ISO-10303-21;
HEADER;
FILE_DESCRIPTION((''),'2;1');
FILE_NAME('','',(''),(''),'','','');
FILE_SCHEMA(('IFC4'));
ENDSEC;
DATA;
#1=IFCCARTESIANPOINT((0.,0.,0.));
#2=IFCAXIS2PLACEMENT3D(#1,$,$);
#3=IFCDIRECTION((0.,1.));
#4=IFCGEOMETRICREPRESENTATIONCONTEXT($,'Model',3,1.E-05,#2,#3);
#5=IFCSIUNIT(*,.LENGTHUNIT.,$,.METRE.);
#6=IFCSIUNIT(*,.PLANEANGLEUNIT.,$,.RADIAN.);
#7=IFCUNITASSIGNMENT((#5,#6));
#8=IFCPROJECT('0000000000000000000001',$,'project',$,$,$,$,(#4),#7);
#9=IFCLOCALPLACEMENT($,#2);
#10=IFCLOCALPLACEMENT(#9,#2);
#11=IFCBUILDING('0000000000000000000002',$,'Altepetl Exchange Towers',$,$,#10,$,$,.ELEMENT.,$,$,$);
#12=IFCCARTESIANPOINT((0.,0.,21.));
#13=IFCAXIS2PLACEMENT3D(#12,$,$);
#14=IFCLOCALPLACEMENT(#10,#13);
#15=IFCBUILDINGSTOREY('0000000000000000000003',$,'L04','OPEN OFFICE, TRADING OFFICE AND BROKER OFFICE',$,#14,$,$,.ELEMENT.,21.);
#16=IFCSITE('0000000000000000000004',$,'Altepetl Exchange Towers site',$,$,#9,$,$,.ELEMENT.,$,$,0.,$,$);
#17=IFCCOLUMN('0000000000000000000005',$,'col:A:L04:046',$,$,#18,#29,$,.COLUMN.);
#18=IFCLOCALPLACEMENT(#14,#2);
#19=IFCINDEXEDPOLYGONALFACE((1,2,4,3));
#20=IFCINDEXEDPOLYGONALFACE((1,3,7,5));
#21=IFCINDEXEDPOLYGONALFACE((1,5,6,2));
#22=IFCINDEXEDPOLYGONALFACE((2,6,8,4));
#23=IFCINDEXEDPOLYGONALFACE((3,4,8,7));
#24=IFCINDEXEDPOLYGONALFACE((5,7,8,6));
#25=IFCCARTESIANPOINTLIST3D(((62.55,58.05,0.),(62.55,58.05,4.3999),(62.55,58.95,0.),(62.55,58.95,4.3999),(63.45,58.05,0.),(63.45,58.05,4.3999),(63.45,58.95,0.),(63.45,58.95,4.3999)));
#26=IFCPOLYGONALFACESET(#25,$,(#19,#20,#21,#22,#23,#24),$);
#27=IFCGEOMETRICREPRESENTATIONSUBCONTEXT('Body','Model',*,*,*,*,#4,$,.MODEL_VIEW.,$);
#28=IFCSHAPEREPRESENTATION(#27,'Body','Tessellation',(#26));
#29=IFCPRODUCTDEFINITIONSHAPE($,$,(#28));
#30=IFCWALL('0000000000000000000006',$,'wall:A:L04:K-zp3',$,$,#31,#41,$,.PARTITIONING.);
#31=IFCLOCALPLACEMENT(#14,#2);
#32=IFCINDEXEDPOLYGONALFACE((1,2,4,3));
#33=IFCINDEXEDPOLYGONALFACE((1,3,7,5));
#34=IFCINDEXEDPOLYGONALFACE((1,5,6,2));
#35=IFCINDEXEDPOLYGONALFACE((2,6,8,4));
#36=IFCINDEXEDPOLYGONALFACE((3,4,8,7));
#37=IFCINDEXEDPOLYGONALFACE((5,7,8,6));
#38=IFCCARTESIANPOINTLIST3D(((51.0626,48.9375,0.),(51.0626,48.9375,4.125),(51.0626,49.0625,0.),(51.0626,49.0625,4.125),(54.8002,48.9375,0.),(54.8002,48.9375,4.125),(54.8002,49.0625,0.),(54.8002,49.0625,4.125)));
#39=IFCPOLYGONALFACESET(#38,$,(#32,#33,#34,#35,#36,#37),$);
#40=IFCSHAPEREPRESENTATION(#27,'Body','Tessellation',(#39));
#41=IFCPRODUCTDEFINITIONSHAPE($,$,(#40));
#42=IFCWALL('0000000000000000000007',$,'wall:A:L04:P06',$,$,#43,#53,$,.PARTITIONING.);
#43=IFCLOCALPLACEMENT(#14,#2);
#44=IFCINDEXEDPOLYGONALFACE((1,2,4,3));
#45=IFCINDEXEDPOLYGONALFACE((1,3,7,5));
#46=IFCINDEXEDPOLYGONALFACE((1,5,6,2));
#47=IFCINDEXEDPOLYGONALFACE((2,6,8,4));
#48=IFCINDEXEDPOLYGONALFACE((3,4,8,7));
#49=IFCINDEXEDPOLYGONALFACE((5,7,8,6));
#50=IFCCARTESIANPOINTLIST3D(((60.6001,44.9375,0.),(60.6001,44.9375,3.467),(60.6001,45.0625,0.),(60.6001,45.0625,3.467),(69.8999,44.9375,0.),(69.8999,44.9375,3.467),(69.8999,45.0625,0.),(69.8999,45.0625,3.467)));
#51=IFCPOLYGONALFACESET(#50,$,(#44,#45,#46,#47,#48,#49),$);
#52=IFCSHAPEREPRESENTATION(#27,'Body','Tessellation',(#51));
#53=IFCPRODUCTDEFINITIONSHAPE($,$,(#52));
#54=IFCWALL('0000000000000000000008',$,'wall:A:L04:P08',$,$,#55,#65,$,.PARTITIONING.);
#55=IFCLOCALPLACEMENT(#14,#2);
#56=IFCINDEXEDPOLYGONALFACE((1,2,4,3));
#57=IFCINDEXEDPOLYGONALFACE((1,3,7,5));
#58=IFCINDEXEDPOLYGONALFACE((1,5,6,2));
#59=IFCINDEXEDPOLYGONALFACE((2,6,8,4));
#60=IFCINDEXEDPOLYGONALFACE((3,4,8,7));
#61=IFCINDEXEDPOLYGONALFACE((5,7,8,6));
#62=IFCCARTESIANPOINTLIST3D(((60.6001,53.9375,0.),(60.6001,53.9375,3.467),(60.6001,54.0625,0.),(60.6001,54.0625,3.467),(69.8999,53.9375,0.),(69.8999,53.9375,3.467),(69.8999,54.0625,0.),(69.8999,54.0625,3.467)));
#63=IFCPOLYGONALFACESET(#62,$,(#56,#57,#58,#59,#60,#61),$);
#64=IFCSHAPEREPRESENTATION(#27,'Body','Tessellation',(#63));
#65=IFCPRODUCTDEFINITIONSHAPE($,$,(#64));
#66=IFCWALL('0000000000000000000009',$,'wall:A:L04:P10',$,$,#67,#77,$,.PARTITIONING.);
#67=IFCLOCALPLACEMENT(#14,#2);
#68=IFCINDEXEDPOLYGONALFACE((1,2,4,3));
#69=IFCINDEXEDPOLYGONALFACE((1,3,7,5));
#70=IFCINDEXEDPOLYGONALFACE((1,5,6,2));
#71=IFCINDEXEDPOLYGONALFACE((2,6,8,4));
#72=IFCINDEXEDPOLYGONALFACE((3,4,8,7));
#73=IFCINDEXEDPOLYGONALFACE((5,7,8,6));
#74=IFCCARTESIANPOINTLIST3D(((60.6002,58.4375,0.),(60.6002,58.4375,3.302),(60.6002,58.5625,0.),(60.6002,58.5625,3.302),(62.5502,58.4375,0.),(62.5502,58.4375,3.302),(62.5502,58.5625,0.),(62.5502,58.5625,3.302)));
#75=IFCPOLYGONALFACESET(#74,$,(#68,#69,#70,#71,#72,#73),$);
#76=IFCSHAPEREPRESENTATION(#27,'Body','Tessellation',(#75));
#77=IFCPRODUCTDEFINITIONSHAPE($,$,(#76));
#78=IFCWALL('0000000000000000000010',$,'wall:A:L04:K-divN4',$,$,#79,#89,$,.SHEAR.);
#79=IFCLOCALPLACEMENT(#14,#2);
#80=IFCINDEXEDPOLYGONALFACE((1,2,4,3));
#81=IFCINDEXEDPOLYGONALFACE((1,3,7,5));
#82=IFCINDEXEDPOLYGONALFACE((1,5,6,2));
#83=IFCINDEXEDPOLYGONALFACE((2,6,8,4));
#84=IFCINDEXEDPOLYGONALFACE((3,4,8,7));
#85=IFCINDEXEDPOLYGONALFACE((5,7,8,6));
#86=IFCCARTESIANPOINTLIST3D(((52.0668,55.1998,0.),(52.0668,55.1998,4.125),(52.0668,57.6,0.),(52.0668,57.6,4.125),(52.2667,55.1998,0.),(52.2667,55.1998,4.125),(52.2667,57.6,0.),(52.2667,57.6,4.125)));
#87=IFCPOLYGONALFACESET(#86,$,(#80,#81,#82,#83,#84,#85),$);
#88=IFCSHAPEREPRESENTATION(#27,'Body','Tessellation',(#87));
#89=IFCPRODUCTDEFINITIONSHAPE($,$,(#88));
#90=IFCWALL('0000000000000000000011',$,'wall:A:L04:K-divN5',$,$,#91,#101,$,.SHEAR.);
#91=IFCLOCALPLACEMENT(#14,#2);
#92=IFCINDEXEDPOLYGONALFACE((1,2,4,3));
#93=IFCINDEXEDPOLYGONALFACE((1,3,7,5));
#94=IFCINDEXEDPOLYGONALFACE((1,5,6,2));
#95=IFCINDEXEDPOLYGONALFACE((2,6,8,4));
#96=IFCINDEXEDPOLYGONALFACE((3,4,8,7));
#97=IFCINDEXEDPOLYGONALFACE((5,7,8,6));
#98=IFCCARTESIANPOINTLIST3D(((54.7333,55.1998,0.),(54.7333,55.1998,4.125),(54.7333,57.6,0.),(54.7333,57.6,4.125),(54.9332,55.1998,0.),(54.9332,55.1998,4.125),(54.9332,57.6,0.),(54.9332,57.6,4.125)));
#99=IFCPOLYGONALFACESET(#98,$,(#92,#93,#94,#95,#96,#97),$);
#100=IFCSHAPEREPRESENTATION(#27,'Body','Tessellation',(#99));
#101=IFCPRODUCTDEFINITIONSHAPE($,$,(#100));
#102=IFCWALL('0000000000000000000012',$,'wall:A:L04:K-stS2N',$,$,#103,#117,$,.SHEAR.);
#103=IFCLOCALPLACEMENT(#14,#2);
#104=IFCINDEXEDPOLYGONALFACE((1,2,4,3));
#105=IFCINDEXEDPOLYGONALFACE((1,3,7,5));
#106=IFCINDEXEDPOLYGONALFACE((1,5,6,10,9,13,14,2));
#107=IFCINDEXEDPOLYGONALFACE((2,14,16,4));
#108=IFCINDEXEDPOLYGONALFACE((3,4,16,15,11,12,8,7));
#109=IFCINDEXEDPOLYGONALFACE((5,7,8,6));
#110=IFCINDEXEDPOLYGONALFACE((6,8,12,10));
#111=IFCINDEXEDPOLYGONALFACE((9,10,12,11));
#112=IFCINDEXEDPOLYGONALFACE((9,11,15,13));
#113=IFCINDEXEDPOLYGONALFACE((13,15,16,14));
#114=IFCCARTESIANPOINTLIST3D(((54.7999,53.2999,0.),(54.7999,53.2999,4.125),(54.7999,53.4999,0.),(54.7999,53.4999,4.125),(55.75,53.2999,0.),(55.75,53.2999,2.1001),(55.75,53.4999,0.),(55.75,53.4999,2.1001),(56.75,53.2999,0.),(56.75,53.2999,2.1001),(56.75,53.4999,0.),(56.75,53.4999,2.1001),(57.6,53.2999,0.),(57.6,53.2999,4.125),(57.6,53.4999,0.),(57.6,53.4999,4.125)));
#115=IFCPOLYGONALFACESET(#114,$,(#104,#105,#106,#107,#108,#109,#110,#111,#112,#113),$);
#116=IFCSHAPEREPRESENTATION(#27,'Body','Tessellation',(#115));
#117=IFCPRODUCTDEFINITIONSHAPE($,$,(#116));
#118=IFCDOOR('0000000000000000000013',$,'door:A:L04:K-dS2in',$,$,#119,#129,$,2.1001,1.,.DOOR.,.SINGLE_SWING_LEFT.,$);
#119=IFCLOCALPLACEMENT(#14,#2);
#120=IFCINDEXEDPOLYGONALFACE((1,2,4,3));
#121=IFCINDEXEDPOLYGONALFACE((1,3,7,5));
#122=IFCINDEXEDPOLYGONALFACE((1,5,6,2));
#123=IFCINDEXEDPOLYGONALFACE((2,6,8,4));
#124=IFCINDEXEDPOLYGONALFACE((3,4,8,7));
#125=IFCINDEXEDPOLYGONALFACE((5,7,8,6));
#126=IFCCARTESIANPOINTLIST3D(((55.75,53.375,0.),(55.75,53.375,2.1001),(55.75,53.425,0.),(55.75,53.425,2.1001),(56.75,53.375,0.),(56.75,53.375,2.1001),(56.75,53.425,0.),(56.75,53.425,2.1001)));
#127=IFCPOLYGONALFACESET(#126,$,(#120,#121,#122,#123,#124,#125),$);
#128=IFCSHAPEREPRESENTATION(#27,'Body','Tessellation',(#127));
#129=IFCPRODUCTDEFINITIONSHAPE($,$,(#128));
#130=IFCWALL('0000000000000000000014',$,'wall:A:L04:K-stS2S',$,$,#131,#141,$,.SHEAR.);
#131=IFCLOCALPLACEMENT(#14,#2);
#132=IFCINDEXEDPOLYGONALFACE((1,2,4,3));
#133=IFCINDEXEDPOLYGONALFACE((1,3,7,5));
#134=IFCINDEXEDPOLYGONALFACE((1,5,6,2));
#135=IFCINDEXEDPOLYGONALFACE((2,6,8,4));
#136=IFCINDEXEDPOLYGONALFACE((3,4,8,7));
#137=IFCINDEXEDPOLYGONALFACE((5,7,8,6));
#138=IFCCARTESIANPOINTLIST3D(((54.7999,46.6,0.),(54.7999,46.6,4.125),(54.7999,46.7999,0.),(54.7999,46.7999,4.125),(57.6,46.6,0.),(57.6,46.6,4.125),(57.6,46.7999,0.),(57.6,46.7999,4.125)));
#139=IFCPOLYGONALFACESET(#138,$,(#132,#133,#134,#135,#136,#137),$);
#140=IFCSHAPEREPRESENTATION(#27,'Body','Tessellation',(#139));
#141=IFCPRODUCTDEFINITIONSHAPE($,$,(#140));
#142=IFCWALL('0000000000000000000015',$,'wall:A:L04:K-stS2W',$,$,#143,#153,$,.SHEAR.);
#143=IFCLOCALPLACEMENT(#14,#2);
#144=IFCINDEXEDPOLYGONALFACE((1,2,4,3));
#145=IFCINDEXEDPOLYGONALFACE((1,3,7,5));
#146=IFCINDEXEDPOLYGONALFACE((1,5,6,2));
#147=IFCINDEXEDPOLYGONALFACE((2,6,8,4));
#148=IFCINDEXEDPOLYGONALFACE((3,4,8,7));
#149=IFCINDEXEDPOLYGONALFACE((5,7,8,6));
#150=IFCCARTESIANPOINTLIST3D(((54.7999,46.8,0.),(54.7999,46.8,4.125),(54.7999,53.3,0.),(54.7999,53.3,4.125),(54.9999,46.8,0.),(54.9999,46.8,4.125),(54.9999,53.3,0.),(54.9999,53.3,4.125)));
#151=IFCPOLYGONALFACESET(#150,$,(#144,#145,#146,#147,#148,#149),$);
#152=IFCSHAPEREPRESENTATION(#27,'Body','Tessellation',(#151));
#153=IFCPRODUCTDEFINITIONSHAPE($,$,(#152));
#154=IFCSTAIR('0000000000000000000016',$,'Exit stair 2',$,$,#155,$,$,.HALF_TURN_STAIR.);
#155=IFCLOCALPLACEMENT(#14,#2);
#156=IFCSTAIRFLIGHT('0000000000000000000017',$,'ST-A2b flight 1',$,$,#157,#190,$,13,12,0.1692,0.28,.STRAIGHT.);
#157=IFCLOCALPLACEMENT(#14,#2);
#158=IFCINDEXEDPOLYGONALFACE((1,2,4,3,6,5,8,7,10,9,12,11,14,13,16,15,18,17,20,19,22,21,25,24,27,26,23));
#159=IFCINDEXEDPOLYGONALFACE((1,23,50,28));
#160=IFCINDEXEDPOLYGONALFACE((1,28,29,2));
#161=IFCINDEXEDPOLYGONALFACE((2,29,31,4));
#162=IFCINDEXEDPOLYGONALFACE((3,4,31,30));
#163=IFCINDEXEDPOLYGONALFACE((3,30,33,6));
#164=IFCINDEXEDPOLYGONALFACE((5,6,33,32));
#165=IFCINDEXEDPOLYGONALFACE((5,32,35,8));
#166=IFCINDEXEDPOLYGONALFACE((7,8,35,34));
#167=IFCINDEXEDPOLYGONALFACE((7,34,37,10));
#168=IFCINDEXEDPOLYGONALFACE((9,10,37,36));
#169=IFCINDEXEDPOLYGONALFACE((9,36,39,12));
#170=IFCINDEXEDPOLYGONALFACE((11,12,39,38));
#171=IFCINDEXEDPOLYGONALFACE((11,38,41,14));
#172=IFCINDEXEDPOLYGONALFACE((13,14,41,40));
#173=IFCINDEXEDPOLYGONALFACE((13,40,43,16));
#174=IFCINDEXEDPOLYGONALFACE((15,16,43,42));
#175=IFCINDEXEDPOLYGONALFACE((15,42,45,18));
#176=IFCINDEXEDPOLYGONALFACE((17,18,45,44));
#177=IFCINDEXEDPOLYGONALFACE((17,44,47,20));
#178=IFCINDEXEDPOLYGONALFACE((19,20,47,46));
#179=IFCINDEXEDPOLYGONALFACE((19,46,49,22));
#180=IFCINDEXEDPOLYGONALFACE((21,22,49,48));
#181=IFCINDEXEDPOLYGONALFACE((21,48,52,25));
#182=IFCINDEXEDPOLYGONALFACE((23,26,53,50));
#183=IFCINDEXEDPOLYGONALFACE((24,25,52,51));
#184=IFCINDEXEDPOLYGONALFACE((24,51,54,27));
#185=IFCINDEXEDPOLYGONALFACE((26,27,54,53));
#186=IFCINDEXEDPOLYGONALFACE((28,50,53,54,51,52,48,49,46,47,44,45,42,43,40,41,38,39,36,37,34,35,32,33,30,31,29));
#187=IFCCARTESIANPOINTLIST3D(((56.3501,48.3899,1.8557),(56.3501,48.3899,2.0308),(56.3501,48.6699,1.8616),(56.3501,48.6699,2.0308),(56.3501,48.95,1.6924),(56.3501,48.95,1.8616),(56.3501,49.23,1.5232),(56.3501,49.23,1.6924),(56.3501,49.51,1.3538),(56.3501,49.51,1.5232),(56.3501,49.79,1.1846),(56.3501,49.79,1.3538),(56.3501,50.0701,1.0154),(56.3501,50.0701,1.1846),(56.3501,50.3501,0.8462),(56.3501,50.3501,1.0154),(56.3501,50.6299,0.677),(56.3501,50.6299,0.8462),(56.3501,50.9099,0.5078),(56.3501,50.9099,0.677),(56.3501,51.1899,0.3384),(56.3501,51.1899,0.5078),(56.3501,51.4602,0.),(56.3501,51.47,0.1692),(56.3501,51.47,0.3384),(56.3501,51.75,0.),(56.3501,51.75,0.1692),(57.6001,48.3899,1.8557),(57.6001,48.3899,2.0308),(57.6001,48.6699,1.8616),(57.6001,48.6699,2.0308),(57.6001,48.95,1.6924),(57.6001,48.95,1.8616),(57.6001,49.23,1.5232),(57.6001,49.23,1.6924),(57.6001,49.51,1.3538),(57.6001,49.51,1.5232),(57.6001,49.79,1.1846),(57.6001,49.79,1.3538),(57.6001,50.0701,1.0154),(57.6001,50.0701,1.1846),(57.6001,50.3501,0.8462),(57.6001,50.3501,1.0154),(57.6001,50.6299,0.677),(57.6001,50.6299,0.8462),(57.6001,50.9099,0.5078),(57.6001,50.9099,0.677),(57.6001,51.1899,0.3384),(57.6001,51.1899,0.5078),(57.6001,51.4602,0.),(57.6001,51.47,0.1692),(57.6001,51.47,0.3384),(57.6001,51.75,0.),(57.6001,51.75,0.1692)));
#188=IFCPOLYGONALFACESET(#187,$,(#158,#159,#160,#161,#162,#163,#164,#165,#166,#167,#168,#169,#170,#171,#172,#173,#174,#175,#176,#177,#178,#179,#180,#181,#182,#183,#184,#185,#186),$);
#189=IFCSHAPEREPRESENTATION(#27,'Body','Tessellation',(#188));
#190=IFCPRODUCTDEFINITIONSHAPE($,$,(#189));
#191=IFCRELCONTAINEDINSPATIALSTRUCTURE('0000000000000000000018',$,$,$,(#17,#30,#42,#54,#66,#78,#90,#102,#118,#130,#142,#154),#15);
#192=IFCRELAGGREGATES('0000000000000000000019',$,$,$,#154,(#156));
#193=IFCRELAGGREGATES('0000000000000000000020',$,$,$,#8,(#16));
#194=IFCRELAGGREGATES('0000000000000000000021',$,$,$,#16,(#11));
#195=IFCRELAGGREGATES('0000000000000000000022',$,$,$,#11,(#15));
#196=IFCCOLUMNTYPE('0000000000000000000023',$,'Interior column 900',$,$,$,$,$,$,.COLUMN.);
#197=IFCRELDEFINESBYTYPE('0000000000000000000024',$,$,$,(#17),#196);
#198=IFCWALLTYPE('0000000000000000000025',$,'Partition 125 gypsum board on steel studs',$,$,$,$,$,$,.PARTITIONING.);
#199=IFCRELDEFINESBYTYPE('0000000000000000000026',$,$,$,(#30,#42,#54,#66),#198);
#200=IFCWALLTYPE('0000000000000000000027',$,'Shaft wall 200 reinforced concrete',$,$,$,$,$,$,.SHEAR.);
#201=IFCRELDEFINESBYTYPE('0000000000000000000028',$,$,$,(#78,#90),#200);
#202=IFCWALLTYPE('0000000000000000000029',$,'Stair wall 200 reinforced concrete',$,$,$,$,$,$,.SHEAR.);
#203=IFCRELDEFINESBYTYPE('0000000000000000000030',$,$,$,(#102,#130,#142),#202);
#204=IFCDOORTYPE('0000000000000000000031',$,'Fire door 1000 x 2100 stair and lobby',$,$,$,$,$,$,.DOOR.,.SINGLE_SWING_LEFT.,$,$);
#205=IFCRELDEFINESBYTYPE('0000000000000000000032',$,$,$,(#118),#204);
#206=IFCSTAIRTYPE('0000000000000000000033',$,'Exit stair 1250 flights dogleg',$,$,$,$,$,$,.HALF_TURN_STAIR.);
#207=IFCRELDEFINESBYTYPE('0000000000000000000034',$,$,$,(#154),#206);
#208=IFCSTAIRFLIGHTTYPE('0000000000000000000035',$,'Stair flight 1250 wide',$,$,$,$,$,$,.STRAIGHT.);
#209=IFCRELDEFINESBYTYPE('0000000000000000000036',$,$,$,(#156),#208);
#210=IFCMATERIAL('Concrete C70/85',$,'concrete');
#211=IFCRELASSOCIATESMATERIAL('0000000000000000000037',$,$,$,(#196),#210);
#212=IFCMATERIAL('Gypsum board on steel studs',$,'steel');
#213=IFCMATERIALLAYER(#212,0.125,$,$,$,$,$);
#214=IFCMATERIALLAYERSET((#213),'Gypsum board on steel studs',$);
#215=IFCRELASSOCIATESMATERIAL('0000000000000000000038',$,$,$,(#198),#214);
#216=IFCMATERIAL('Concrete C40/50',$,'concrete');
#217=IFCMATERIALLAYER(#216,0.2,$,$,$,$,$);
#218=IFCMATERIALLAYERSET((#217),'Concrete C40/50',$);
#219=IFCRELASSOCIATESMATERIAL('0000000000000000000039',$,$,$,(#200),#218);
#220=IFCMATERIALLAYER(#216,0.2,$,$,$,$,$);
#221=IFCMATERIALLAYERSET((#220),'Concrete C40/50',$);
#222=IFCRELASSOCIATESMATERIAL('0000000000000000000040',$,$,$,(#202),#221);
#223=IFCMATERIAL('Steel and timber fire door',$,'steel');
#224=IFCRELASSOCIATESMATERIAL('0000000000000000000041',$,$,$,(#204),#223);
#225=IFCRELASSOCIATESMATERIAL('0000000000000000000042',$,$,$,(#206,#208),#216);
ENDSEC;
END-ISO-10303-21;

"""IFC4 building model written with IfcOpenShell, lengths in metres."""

from ifc_helpers import new_model, si_unit, direction, frame, frame_2d, origin, origin_2d, place, context, subcontext, project, spatial, polyline, rectangle, outline, extrude, material, layer, layer_set, material_profile, profile_set, type_object, element, fill, aggregate, save


model = new_model("IFC4")

# Units and contexts
model_context = context("Model", 3, precision=1e-05, world=origin(), true_north=direction((0.0, 1.0)))
body_context = subcontext(model_context, "Body", "Model", "MODEL_VIEW")
ifc_project = project(units=[si_unit("LENGTHUNIT", "METRE"), si_unit("PLANEANGLEUNIT", "RADIAN")], contexts=[model_context])

# Site, building, storey
site_placement = place(None, origin())
site = spatial("IfcSite", under=ifc_project, at=site_placement, Name="Altepetl Exchange Towers site", CompositionType="ELEMENT", RefElevation=0.0)
building_placement = place(site_placement, origin())
building = spatial("IfcBuilding", under=site, at=building_placement, Name="Altepetl Exchange Towers", CompositionType="ELEMENT")
storey_placement = place(building_placement, frame((0.0, 0.0, 21.0)))
storey = spatial("IfcBuildingStorey", under=building, at=storey_placement, Name="L04", Description="OPEN OFFICE, TRADING OFFICE AND BROKER OFFICE", CompositionType="ELEMENT", Elevation=21.0)

# Column
ifc_material_1 = material(Name="Concrete C70/85", Category="concrete")
ifc_material_profile = material_profile(ifc_material_1, rectangle(XDim=0.8999, YDim=0.8999, at=origin_2d()), Name="900 x 900")
ifc_profile_set = profile_set([ifc_material_profile], Name="Concrete C70/85")
column_type = type_object("IfcColumnType", Name="Interior column 900", PredefinedType="COLUMN", material=ifc_profile_set)
column_placement = place(storey_placement, frame((63.0, 58.5, 0.0)))
element("IfcColumn", 1, at=column_placement, inside=storey, type_object=column_type, Name="col:A:L04:046", PredefinedType="COLUMN", context=body_context, shape_type="SweptSolid", body=[
    extrude(rectangle(XDim=0.8999, YDim=0.8999, at=origin_2d()), origin(), (0.0, 0.0, 1.0), 4.3999),
])

# Walls
ifc_material_2 = material(Name="Gypsum board on steel studs", Category="steel")
ifc_layer_1 = layer(ifc_material_2, 0.125)
ifc_layer_set_1 = layer_set([ifc_layer_1], Name="Gypsum board on steel studs")
wall_type_1 = type_object("IfcWallType", Name="Partition 125 gypsum board on steel studs", PredefinedType="PARTITIONING", material=ifc_layer_set_1)
wall_1_placement = place(storey_placement, frame((54.8, 49.0, 0.0), z_axis=(0.0, 0.0, 1.0), x_axis=(-1.0, 0.0, 0.0)))
element("IfcWall", 2, at=wall_1_placement, inside=storey, type_object=wall_type_1, Name="wall:A:L04:K-zp3", PredefinedType="PARTITIONING", context=body_context, shape_type="SweptSolid", body=[
    extrude(rectangle(XDim=3.7375, YDim=0.125, at=frame_2d((1.8687, 0.0))), origin(), (0.0, 0.0, 1.0), 4.125),
])
for number, where, name in (
    (3, (60.6001, 45.0, 0.0), "wall:A:L04:P06"),
    (4, (60.6001, 54.0, 0.0), "wall:A:L04:P08"),
):
    element("IfcWall", number, at=place(storey_placement, frame(where)), inside=storey, type_object=wall_type_1, Name=name, PredefinedType="PARTITIONING", context=body_context, shape_type="SweptSolid", body=[
        extrude(rectangle(XDim=9.2998, YDim=0.125, at=frame_2d((4.6499, 0.0))), origin(), (0.0, 0.0, 1.0), 3.467),
    ])
wall_2_placement = place(storey_placement, frame((60.6001, 58.5, 0.0)))
element("IfcWall", 5, at=wall_2_placement, inside=storey, type_object=wall_type_1, Name="wall:A:L04:P10", PredefinedType="PARTITIONING", context=body_context, shape_type="SweptSolid", body=[
    extrude(rectangle(XDim=1.95, YDim=0.125, at=frame_2d((0.9751, 0.0))), origin(), (0.0, 0.0, 1.0), 3.302),
])
ifc_material_3 = material(Name="Concrete C40/50", Category="concrete")
ifc_layer_2 = layer(ifc_material_3, 0.2)
ifc_layer_set_2 = layer_set([ifc_layer_2], Name="Concrete C40/50")
wall_type_2 = type_object("IfcWallType", Name="Shaft wall 200 reinforced concrete", PredefinedType="SHEAR", material=ifc_layer_set_2)
for number, where, z_axis, x_axis, name in (
    (6, (52.1667, 57.6001, 0.0), (0.0, 0.0, 1.0), (0.0, -1.0, 0.0), "wall:A:L04:K-divN4"),
    (7, (54.8333, 57.6001, 0.0), (0.0, 0.0, 1.0), (0.0, -1.0, 0.0), "wall:A:L04:K-divN5"),
):
    element("IfcWall", number, at=place(storey_placement, frame(where, z_axis=z_axis, x_axis=x_axis)), inside=storey, type_object=wall_type_2, Name=name, PredefinedType="SHEAR", context=body_context, shape_type="SweptSolid", body=[
        extrude(rectangle(XDim=2.4001, YDim=0.2, at=frame_2d((1.2002, 0.0))), origin(), (0.0, 0.0, 1.0), 4.125),
    ])

# Wall, opening, door
ifc_layer_3 = layer(ifc_material_3, 0.2)
ifc_layer_set_3 = layer_set([ifc_layer_3], Name="Concrete C40/50")
wall_type_3 = type_object("IfcWallType", Name="Stair wall 200 reinforced concrete", PredefinedType="SHEAR", material=ifc_layer_set_3)
wall_3_placement = place(storey_placement, frame((54.8, 53.3999, 0.0)))
wall_3 = element("IfcWall", 8, at=wall_3_placement, inside=storey, type_object=wall_type_3, Name="wall:A:L04:K-stS2N", PredefinedType="SHEAR", context=body_context, shape_type="SweptSolid", body=[
    extrude(rectangle(XDim=2.8, YDim=0.2, at=frame_2d((1.3999, 0.0))), origin(), (0.0, 0.0, 1.0), 4.125),
])
opening_placement = place(wall_3_placement, frame((0.95, 0.0, 0.0)))
opening = element("IfcOpeningElement", 9, at=opening_placement, cuts=wall_3, PredefinedType="OPENING", context=body_context, shape_type="SweptSolid", body=[
    extrude(rectangle(XDim=1.0, YDim=2.1001, at=frame_2d((0.5, 1.05))), frame((0.0, 0.1099, 0.0), z_axis=(0.0, -1.0, 0.0), x_axis=(1.0, 0.0, 0.0)), (0.0, 0.0, 1.0), 0.22),
])
ifc_material_4 = material(Name="Steel and timber fire door", Category="steel")
door_type = type_object("IfcDoorType", Name="Fire door 1000 x 2100 stair and lobby", OperationType="SINGLE_SWING_LEFT", PredefinedType="DOOR", material=ifc_material_4)
door_placement = place(opening_placement, frame((1.0, 0.0, 0.0), x_axis=(-1.0, 0.0, 0.0)))
door = element("IfcDoor", 10, at=door_placement, inside=storey, type_object=door_type, Name="door:A:L04:K-dS2in", OperationType="SINGLE_SWING_LEFT", OverallHeight=2.1001, OverallWidth=1.0, PredefinedType="DOOR", context=body_context, shape_type="SweptSolid", body=[
    extrude(rectangle(XDim=1.0, YDim=2.1001, at=frame_2d((0.5, 1.05))), frame((0.0, 0.0249, 0.0), z_axis=(0.0, -1.0, 0.0), x_axis=(1.0, 0.0, 0.0)), (0.0, 0.0, 1.0), 0.05),
])
fill(opening, door)

# Walls
wall_4_placement = place(storey_placement, frame((54.8, 46.7, 0.0)))
element("IfcWall", 11, at=wall_4_placement, inside=storey, type_object=wall_type_3, Name="wall:A:L04:K-stS2S", PredefinedType="SHEAR", context=body_context, shape_type="SweptSolid", body=[
    extrude(rectangle(XDim=2.8, YDim=0.2, at=frame_2d((1.3999, 0.0))), origin(), (0.0, 0.0, 1.0), 4.125),
])
wall_5_placement = place(storey_placement, frame((54.8999, 46.8, 0.0), z_axis=(0.0, 0.0, 1.0), x_axis=(0.0, 1.0, 0.0)))
element("IfcWall", 12, at=wall_5_placement, inside=storey, type_object=wall_type_3, Name="wall:A:L04:K-stS2W", PredefinedType="SHEAR", context=body_context, shape_type="SweptSolid", body=[
    extrude(rectangle(XDim=6.5, YDim=0.2, at=frame_2d((3.25, 0.0))), origin(), (0.0, 0.0, 1.0), 4.125),
])

# Stair, stair flight
stair_type = type_object("IfcStairType", Name="Exit stair 1250 flights dogleg", PredefinedType="HALF_TURN_STAIR", material=ifc_material_3)
stair_placement = place(storey_placement, origin())
stair = element("IfcStair", 13, at=stair_placement, inside=storey, type_object=stair_type, Name="Exit stair 2", PredefinedType="HALF_TURN_STAIR")
stair_flight_type = type_object("IfcStairFlightType", Name="Stair flight 1250 wide", PredefinedType="STRAIGHT", material=ifc_material_3)
stair_flight_1_placement = place(storey_placement, frame((56.9751, 51.75, 0.0), z_axis=(0.0, 0.0, 1.0), x_axis=(0.0, -1.0, 0.0)))
stair_flight_1 = element("IfcStairFlight", 14, at=stair_flight_1_placement, type_object=stair_flight_type, Name="ST-A2b flight 1", NumberOfRisers=13, NumberOfTreads=12, PredefinedType="STRAIGHT", RiserHeight=0.1692, TreadLength=0.28, context=body_context, shape_type="SweptSolid", body=[
    extrude(outline(polyline([(0.0, 0.0), (0.0, 0.1692), (0.28, 0.1692), (0.28, 0.3384), (0.5601, 0.3384), (0.5601, 0.5078), (0.8401, 0.5078), (0.8401, 0.677), (1.1201, 0.677), (1.1201, 0.8462), (1.3999, 0.8462), (1.3999, 1.0154), (1.6799, 1.0154), (1.6799, 1.1846), (1.96, 1.1846), (1.96, 1.3538), (2.24, 1.3538), (2.24, 1.5232), (2.52, 1.5232), (2.52, 1.6924), (2.8, 1.6924), (2.8, 1.8616), (3.0801, 1.8616), (3.0801, 2.0308), (3.3601, 2.0308), (3.3601, 2.2), (3.3601, 1.8557), (0.2898, 0.0), (0.0, 0.0)])), frame((0.0, 0.625, 0.0), z_axis=(0.0, -1.0, 0.0), x_axis=(1.0, 0.0, 0.0)), (0.0, 0.0, 1.0), 1.25),
])
aggregate(stair, [stair_flight_1])

save(model, "model.ifc")
